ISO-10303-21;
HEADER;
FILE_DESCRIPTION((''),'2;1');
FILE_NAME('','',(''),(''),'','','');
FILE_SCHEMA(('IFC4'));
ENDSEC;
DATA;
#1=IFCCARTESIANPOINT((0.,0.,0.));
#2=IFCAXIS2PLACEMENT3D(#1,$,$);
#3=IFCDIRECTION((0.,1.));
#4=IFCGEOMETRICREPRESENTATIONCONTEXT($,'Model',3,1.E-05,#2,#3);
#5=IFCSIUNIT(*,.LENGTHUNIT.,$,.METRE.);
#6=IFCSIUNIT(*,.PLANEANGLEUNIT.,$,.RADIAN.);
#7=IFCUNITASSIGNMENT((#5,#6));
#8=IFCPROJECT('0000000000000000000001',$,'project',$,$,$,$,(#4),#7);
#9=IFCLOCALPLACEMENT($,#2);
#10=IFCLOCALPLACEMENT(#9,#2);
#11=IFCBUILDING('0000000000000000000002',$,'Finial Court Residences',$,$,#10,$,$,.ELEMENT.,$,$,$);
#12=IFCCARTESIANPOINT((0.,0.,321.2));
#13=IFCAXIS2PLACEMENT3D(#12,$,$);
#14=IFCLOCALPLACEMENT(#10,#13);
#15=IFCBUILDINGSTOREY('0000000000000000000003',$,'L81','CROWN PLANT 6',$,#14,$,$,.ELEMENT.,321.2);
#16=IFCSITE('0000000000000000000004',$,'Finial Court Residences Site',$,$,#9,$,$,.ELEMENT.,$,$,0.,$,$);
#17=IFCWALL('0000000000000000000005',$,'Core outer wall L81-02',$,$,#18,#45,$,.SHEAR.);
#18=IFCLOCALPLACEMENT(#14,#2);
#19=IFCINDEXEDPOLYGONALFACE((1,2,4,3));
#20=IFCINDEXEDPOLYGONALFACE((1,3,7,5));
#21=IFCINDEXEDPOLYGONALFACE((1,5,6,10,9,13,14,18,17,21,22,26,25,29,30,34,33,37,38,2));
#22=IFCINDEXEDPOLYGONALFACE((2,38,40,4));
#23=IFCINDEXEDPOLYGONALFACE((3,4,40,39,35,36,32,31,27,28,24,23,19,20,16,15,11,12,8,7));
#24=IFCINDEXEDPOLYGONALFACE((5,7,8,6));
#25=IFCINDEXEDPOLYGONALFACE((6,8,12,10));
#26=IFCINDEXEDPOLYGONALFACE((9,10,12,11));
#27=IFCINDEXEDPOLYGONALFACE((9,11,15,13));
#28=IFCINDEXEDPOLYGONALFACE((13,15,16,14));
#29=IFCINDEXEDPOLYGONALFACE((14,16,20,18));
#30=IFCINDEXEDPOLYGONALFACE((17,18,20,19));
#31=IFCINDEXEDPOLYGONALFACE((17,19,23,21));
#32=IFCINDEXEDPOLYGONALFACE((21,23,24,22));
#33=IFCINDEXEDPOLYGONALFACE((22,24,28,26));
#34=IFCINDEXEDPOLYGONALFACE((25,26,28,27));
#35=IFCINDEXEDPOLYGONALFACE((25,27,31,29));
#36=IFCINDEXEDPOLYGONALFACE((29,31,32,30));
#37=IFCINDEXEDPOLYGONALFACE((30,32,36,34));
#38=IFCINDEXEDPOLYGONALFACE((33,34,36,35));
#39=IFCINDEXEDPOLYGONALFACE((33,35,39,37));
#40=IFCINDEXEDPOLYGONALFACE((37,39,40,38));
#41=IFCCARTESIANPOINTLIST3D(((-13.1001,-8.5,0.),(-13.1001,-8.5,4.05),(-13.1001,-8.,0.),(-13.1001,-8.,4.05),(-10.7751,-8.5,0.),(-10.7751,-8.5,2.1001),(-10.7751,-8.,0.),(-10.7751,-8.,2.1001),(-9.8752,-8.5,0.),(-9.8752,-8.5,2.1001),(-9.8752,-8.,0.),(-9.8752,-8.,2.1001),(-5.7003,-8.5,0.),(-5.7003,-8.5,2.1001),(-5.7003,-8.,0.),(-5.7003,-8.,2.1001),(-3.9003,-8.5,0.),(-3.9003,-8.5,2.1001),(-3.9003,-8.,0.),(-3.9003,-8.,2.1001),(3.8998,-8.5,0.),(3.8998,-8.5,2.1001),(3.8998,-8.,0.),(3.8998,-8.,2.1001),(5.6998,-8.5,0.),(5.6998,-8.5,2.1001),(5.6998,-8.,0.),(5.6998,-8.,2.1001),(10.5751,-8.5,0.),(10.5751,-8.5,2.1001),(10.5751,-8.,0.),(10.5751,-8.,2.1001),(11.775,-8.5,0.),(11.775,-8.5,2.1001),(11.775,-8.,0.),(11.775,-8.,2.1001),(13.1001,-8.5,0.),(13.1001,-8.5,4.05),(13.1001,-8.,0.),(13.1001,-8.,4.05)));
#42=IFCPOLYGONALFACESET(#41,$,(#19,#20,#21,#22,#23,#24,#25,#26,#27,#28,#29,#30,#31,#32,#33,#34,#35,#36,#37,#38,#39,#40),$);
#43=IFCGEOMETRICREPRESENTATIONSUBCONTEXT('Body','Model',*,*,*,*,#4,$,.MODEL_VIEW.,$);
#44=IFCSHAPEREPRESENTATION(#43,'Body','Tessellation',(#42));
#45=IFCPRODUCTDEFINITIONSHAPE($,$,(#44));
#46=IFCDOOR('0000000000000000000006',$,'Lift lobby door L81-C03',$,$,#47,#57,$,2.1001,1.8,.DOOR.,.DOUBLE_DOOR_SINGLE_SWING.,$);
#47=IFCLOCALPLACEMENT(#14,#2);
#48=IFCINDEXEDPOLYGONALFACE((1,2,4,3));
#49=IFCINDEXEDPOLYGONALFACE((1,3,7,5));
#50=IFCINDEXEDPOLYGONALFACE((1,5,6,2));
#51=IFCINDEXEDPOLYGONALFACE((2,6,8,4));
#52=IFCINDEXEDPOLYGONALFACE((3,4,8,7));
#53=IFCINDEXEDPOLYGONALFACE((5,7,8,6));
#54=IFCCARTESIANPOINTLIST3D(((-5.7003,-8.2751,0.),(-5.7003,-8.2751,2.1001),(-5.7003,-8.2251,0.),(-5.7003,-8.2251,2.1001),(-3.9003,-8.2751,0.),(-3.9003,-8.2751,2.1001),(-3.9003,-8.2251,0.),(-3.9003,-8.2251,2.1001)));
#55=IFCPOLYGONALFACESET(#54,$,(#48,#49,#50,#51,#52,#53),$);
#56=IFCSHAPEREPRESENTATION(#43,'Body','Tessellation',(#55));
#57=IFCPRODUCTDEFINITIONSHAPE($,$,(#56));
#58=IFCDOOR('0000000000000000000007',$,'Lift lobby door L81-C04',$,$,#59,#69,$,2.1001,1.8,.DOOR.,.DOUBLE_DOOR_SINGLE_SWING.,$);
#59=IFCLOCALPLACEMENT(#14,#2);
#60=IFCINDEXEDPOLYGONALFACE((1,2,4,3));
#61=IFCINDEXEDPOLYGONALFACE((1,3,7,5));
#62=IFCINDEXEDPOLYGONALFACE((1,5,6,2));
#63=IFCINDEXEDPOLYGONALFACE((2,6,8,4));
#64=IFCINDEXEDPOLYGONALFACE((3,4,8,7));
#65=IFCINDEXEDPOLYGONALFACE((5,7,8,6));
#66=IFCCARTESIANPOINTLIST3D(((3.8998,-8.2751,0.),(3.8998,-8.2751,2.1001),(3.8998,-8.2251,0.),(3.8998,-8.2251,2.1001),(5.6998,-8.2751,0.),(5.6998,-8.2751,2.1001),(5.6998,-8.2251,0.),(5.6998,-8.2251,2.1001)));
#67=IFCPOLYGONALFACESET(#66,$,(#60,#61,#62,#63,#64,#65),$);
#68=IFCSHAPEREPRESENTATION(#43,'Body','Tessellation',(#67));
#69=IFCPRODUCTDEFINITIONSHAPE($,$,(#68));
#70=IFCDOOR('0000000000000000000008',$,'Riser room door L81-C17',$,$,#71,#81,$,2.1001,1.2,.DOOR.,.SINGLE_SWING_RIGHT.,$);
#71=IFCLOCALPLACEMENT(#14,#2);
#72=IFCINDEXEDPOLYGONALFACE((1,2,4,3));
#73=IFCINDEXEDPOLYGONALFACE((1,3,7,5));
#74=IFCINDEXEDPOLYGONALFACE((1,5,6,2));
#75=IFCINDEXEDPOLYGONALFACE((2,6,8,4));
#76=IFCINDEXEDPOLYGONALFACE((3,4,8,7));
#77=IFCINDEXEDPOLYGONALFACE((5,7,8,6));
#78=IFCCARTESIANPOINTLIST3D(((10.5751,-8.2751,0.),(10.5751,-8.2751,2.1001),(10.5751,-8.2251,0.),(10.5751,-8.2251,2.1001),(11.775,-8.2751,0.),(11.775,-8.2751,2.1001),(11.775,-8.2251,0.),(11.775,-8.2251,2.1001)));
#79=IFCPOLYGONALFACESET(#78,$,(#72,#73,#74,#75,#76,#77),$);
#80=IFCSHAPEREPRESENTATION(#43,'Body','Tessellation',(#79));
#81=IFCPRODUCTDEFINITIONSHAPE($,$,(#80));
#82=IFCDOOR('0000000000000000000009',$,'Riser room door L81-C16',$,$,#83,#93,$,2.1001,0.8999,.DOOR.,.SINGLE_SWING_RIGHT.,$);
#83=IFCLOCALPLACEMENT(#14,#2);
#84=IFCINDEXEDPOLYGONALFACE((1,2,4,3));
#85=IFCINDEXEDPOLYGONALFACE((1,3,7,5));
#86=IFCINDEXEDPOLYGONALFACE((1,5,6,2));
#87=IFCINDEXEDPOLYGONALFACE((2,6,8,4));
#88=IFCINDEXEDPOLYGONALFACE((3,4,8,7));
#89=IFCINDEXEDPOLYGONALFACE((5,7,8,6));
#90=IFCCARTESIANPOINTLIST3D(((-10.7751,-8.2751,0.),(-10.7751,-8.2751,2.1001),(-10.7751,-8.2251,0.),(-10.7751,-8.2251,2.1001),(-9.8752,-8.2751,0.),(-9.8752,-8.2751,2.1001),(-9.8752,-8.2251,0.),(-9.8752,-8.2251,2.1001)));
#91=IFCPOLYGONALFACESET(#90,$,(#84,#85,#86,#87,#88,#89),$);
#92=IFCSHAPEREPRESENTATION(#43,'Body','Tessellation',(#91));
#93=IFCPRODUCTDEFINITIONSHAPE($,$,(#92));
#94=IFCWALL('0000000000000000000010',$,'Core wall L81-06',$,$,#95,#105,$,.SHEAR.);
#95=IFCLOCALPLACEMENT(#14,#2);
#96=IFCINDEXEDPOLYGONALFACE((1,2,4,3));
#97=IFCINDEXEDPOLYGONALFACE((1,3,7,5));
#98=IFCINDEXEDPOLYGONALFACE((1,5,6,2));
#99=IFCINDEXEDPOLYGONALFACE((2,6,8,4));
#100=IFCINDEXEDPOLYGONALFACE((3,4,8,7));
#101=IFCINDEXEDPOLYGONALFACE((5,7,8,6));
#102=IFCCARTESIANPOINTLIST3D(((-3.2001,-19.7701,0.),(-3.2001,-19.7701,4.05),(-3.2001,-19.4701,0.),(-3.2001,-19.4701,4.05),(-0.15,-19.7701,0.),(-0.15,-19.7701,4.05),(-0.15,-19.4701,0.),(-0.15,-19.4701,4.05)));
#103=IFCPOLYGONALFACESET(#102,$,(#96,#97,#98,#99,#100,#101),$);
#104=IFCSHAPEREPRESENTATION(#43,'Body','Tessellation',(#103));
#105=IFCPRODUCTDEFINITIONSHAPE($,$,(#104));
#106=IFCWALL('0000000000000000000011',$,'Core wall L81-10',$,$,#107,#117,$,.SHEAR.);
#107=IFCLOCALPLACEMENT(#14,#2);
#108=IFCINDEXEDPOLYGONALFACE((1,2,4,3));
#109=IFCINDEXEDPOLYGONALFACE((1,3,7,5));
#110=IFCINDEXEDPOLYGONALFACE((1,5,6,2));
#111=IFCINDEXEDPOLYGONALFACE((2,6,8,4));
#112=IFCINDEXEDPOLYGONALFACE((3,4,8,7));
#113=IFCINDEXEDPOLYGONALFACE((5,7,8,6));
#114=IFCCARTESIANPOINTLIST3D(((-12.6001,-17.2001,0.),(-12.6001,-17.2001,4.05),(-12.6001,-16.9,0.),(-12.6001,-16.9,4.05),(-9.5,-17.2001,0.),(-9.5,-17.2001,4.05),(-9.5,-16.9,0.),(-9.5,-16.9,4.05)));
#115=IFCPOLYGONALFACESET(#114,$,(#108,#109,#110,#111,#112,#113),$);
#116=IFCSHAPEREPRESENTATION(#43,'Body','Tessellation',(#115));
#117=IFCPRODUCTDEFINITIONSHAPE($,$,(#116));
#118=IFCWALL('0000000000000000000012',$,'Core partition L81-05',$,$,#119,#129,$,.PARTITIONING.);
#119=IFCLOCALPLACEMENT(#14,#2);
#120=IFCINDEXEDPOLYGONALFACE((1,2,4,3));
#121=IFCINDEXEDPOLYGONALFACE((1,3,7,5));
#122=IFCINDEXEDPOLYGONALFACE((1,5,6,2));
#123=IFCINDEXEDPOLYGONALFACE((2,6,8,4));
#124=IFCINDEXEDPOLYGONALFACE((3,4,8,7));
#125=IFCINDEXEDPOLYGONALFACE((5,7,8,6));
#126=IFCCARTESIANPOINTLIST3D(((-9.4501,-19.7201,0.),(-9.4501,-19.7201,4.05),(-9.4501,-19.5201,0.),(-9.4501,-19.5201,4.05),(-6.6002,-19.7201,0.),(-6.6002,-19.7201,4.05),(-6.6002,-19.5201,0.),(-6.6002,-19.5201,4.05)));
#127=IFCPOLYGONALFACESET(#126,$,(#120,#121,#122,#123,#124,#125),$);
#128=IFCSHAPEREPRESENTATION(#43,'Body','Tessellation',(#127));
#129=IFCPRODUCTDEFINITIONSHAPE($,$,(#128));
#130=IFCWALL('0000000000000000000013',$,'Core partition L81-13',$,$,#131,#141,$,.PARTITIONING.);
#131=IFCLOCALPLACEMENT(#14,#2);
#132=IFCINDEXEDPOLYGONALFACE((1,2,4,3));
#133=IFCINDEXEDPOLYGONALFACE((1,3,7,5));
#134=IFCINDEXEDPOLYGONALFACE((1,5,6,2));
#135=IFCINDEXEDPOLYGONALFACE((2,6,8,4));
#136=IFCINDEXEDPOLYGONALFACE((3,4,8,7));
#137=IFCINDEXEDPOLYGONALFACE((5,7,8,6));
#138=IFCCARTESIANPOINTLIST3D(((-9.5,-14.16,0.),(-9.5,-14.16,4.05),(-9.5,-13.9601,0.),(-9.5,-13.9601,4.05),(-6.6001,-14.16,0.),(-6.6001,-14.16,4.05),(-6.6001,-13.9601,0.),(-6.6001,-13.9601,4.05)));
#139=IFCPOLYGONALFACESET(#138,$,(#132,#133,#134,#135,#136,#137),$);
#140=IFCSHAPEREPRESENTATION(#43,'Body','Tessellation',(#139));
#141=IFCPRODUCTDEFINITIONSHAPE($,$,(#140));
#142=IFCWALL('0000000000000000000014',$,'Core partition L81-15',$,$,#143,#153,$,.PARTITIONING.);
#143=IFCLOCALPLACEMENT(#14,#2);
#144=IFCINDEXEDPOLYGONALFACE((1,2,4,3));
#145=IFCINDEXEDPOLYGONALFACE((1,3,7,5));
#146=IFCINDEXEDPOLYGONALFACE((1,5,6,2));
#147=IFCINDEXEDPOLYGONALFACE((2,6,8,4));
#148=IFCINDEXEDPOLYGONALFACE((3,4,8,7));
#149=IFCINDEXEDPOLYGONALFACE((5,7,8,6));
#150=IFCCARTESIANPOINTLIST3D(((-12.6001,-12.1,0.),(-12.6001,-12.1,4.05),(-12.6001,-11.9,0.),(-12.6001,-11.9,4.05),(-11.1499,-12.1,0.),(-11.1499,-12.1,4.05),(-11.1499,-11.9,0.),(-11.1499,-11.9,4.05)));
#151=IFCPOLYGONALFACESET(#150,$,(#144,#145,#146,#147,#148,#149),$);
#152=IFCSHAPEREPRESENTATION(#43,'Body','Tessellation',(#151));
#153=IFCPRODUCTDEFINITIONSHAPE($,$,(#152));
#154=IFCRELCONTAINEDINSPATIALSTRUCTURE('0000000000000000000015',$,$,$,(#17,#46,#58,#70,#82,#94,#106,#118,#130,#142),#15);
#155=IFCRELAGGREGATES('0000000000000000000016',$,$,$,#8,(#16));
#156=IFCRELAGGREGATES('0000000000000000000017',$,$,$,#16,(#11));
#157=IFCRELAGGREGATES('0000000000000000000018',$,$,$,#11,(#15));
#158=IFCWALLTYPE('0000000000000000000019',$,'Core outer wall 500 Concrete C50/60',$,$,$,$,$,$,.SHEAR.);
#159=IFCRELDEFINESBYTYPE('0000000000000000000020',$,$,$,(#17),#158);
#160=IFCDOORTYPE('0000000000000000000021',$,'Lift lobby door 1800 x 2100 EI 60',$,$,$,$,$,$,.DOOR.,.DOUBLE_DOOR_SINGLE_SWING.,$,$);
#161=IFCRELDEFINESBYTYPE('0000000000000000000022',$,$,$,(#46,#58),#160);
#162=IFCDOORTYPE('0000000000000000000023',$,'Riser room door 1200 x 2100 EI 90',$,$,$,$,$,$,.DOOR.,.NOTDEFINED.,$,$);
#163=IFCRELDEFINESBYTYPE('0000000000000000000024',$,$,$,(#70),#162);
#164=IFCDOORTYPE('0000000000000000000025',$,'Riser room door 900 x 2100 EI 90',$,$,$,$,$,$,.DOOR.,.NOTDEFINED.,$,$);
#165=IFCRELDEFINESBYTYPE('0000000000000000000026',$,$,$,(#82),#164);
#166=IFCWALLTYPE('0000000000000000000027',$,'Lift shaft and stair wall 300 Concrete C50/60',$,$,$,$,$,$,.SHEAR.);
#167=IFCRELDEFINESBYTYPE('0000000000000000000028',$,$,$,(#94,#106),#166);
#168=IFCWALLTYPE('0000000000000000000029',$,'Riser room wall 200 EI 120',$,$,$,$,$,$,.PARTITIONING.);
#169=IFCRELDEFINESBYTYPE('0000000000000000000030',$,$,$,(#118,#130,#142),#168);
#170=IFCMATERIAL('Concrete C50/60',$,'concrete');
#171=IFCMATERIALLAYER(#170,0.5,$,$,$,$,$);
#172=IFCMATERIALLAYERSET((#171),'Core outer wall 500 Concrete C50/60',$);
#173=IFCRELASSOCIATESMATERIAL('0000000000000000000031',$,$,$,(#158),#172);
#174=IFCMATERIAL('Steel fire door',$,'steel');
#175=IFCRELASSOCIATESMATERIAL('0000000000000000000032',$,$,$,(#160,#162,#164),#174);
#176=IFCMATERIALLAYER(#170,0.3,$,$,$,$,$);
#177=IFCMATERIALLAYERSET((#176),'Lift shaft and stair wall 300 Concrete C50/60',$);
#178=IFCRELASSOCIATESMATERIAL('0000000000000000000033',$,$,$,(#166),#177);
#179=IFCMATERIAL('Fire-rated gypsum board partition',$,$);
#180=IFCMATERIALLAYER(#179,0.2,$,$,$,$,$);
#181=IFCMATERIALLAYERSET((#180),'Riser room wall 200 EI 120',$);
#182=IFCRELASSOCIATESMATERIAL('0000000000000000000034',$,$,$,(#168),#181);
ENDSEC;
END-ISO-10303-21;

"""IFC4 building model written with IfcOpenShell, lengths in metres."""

from ifc_helpers import new_model, si_unit, direction, frame, frame_2d, origin, place, context, subcontext, project, spatial, rectangle, extrude, material, layer, layer_set, type_object, element, fill, save


model = new_model("IFC4")

# Units and contexts
model_context = context("Model", 3, precision=1e-05, world=origin(), true_north=direction((0.0, 1.0)))
body_context = subcontext(model_context, "Body", "Model", "MODEL_VIEW")
ifc_project = project(units=[si_unit("LENGTHUNIT", "METRE"), si_unit("PLANEANGLEUNIT", "RADIAN")], contexts=[model_context])

# Site, building, storey
site_placement = place(None, origin())
site = spatial("IfcSite", under=ifc_project, at=site_placement, Name="Finial Court Residences Site", CompositionType="ELEMENT", RefElevation=0.0)
building_placement = place(site_placement, origin())
building = spatial("IfcBuilding", under=site, at=building_placement, Name="Finial Court Residences", CompositionType="ELEMENT")
storey_placement = place(building_placement, frame((0.0, 0.0, 321.2)))
storey = spatial("IfcBuildingStorey", under=building, at=storey_placement, Name="L81", Description="CROWN PLANT 6", CompositionType="ELEMENT", Elevation=321.2)

# Wall, openings, doors
ifc_material_1 = material(Name="Concrete C50/60", Category="concrete")
ifc_layer_1 = layer(ifc_material_1, 0.5)
ifc_layer_set_1 = layer_set([ifc_layer_1], Name="Core outer wall 500 Concrete C50/60")
wall_type_1 = type_object("IfcWallType", Name="Core outer wall 500 Concrete C50/60", PredefinedType="SHEAR", material=ifc_layer_set_1)
wall_1_placement = place(storey_placement, frame((-13.1001, -8.25, 0.0), z_axis=(0.0, 0.0, 1.0), x_axis=(1.0, 0.0, 0.0)))
wall_1 = element("IfcWall", 1, at=wall_1_placement, inside=storey, type_object=wall_type_1, Name="Core outer wall L81-02", PredefinedType="SHEAR", context=body_context, shape_type="SweptSolid", body=[
    extrude(rectangle(XDim=26.2002, YDim=0.5, at=frame_2d((13.1001, 0.0))), origin(), (0.0, 0.0, 1.0), 4.05),
])
opening_1_placement = place(wall_1_placement, frame((7.3999, 0.0, 0.0)))
opening_1 = element("IfcOpeningElement", 2, at=opening_1_placement, cuts=wall_1, PredefinedType="OPENING", context=body_context, shape_type="SweptSolid", body=[
    extrude(rectangle(XDim=1.8, YDim=2.1001, at=frame_2d((0.8999, 1.05))), frame((0.0, 0.26, 0.0), z_axis=(0.0, -1.0, 0.0), x_axis=(1.0, 0.0, 0.0)), (0.0, 0.0, 1.0), 0.52),
])
opening_2_placement = place(wall_1_placement, frame((17.0, 0.0, 0.0)))
opening_2 = element("IfcOpeningElement", 3, at=opening_2_placement, cuts=wall_1, PredefinedType="OPENING", context=body_context, shape_type="SweptSolid", body=[
    extrude(rectangle(XDim=1.8, YDim=2.1001, at=frame_2d((0.8999, 1.05))), frame((0.0, 0.26, 0.0), z_axis=(0.0, -1.0, 0.0), x_axis=(1.0, 0.0, 0.0)), (0.0, 0.0, 1.0), 0.52),
])
opening_3_placement = place(wall_1_placement, frame((2.325, 0.0, 0.0)))
opening_3 = element("IfcOpeningElement", 4, at=opening_3_placement, cuts=wall_1, PredefinedType="OPENING", context=body_context, shape_type="SweptSolid", body=[
    extrude(rectangle(XDim=0.8999, YDim=2.1001, at=frame_2d((0.45, 1.05))), frame((0.0, 0.26, 0.0), z_axis=(0.0, -1.0, 0.0), x_axis=(1.0, 0.0, 0.0)), (0.0, 0.0, 1.0), 0.52),
])
opening_4_placement = place(wall_1_placement, frame((23.675, 0.0, 0.0)))
opening_4 = element("IfcOpeningElement", 5, at=opening_4_placement, cuts=wall_1, PredefinedType="OPENING", context=body_context, shape_type="SweptSolid", body=[
    extrude(rectangle(XDim=1.2, YDim=2.1001, at=frame_2d((0.6001, 1.05))), frame((0.0, 0.26, 0.0), z_axis=(0.0, -1.0, 0.0), x_axis=(1.0, 0.0, 0.0)), (0.0, 0.0, 1.0), 0.52),
])
ifc_material_2 = material(Name="Steel fire door", Category="steel")
door_type_1 = type_object("IfcDoorType", Name="Lift lobby door 1800 x 2100 EI 60", OperationType="DOUBLE_DOOR_SINGLE_SWING", PredefinedType="DOOR", material=ifc_material_2)
door_1_placement = place(opening_1_placement, origin())
door_1 = element("IfcDoor", 6, at=door_1_placement, inside=storey, type_object=door_type_1, Name="Lift lobby door L81-C03", OperationType="DOUBLE_DOOR_SINGLE_SWING", OverallHeight=2.1001, OverallWidth=1.8, PredefinedType="DOOR", context=body_context, shape_type="SweptSolid", body=[
    extrude(rectangle(XDim=1.8, YDim=2.1001, at=frame_2d((0.8999, 1.05))), frame((0.0, 0.0249, 0.0), z_axis=(0.0, -1.0, 0.0), x_axis=(1.0, 0.0, 0.0)), (0.0, 0.0, 1.0), 0.05),
])
fill(opening_1, door_1)
door_2_placement = place(opening_2_placement, origin())
door_2 = element("IfcDoor", 7, at=door_2_placement, inside=storey, type_object=door_type_1, Name="Lift lobby door L81-C04", OperationType="DOUBLE_DOOR_SINGLE_SWING", OverallHeight=2.1001, OverallWidth=1.8, PredefinedType="DOOR", context=body_context, shape_type="SweptSolid", body=[
    extrude(rectangle(XDim=1.8, YDim=2.1001, at=frame_2d((0.8999, 1.05))), frame((0.0, 0.0249, 0.0), z_axis=(0.0, -1.0, 0.0), x_axis=(1.0, 0.0, 0.0)), (0.0, 0.0, 1.0), 0.05),
])
fill(opening_2, door_2)
door_type_2 = type_object("IfcDoorType", Name="Riser room door 1200 x 2100 EI 90", OperationType="NOTDEFINED", PredefinedType="DOOR", material=ifc_material_2)
door_3_placement = place(opening_4_placement, origin())
door_3 = element("IfcDoor", 8, at=door_3_placement, inside=storey, type_object=door_type_2, Name="Riser room door L81-C17", OperationType="SINGLE_SWING_RIGHT", OverallHeight=2.1001, OverallWidth=1.2, PredefinedType="DOOR", context=body_context, shape_type="SweptSolid", body=[
    extrude(rectangle(XDim=1.2, YDim=2.1001, at=frame_2d((0.6001, 1.05))), frame((0.0, 0.0249, 0.0), z_axis=(0.0, -1.0, 0.0), x_axis=(1.0, 0.0, 0.0)), (0.0, 0.0, 1.0), 0.05),
])
fill(opening_4, door_3)
door_type_3 = type_object("IfcDoorType", Name="Riser room door 900 x 2100 EI 90", OperationType="NOTDEFINED", PredefinedType="DOOR", material=ifc_material_2)
door_4_placement = place(opening_3_placement, origin())
door_4 = element("IfcDoor", 9, at=door_4_placement, inside=storey, type_object=door_type_3, Name="Riser room door L81-C16", OperationType="SINGLE_SWING_RIGHT", OverallHeight=2.1001, OverallWidth=0.8999, PredefinedType="DOOR", context=body_context, shape_type="SweptSolid", body=[
    extrude(rectangle(XDim=0.8999, YDim=2.1001, at=frame_2d((0.45, 1.05))), frame((0.0, 0.0249, 0.0), z_axis=(0.0, -1.0, 0.0), x_axis=(1.0, 0.0, 0.0)), (0.0, 0.0, 1.0), 0.05),
])
fill(opening_3, door_4)

# Walls
ifc_layer_2 = layer(ifc_material_1, 0.3)
ifc_layer_set_2 = layer_set([ifc_layer_2], Name="Lift shaft and stair wall 300 Concrete C50/60")
wall_type_2 = type_object("IfcWallType", Name="Lift shaft and stair wall 300 Concrete C50/60", PredefinedType="SHEAR", material=ifc_layer_set_2)
wall_2_placement = place(storey_placement, frame((-3.2, -19.6201, 0.0), z_axis=(0.0, 0.0, 1.0), x_axis=(1.0, 0.0, 0.0)))
element("IfcWall", 10, at=wall_2_placement, inside=storey, type_object=wall_type_2, Name="Core wall L81-06", PredefinedType="SHEAR", context=body_context, shape_type="SweptSolid", body=[
    extrude(rectangle(XDim=3.05, YDim=0.3, at=frame_2d((1.5249, 0.0))), origin(), (0.0, 0.0, 1.0), 4.05),
])
wall_3_placement = place(storey_placement, frame((-12.6001, -17.05, 0.0), z_axis=(0.0, 0.0, 1.0), x_axis=(1.0, 0.0, 0.0)))
element("IfcWall", 11, at=wall_3_placement, inside=storey, type_object=wall_type_2, Name="Core wall L81-10", PredefinedType="SHEAR", context=body_context, shape_type="SweptSolid", body=[
    extrude(rectangle(XDim=3.1001, YDim=0.3, at=frame_2d((1.55, 0.0))), origin(), (0.0, 0.0, 1.0), 4.05),
])
ifc_material_3 = material(Name="Fire-rated gypsum board partition")
ifc_layer_3 = layer(ifc_material_3, 0.2)
ifc_layer_set_3 = layer_set([ifc_layer_3], Name="Riser room wall 200 EI 120")
wall_type_3 = type_object("IfcWallType", Name="Riser room wall 200 EI 120", PredefinedType="PARTITIONING", material=ifc_layer_set_3)
wall_4_placement = place(storey_placement, frame((-9.45, -19.6201, 0.0), z_axis=(0.0, 0.0, 1.0), x_axis=(1.0, 0.0, 0.0)))
element("IfcWall", 12, at=wall_4_placement, inside=storey, type_object=wall_type_3, Name="Core partition L81-05", PredefinedType="PARTITIONING", context=body_context, shape_type="SweptSolid", body=[
    extrude(rectangle(XDim=2.8499, YDim=0.2, at=frame_2d((1.4248, 0.0))), origin(), (0.0, 0.0, 1.0), 4.05),
])
wall_5_placement = place(storey_placement, frame((-9.5, -14.0601, 0.0), z_axis=(0.0, 0.0, 1.0), x_axis=(1.0, 0.0, 0.0)))
element("IfcWall", 13, at=wall_5_placement, inside=storey, type_object=wall_type_3, Name="Core partition L81-13", PredefinedType="PARTITIONING", context=body_context, shape_type="SweptSolid", body=[
    extrude(rectangle(XDim=2.8999, YDim=0.2, at=frame_2d((1.45, 0.0))), origin(), (0.0, 0.0, 1.0), 4.05),
])
wall_6_placement = place(storey_placement, frame((-12.6001, -12.0, 0.0), z_axis=(0.0, 0.0, 1.0), x_axis=(1.0, 0.0, 0.0)))
element("IfcWall", 14, at=wall_6_placement, inside=storey, type_object=wall_type_3, Name="Core partition L81-15", PredefinedType="PARTITIONING", context=body_context, shape_type="SweptSolid", body=[
    extrude(rectangle(XDim=1.4502, YDim=0.2, at=frame_2d((0.7251, 0.0))), origin(), (0.0, 0.0, 1.0), 4.05),
])

save(model, "model.ifc")
